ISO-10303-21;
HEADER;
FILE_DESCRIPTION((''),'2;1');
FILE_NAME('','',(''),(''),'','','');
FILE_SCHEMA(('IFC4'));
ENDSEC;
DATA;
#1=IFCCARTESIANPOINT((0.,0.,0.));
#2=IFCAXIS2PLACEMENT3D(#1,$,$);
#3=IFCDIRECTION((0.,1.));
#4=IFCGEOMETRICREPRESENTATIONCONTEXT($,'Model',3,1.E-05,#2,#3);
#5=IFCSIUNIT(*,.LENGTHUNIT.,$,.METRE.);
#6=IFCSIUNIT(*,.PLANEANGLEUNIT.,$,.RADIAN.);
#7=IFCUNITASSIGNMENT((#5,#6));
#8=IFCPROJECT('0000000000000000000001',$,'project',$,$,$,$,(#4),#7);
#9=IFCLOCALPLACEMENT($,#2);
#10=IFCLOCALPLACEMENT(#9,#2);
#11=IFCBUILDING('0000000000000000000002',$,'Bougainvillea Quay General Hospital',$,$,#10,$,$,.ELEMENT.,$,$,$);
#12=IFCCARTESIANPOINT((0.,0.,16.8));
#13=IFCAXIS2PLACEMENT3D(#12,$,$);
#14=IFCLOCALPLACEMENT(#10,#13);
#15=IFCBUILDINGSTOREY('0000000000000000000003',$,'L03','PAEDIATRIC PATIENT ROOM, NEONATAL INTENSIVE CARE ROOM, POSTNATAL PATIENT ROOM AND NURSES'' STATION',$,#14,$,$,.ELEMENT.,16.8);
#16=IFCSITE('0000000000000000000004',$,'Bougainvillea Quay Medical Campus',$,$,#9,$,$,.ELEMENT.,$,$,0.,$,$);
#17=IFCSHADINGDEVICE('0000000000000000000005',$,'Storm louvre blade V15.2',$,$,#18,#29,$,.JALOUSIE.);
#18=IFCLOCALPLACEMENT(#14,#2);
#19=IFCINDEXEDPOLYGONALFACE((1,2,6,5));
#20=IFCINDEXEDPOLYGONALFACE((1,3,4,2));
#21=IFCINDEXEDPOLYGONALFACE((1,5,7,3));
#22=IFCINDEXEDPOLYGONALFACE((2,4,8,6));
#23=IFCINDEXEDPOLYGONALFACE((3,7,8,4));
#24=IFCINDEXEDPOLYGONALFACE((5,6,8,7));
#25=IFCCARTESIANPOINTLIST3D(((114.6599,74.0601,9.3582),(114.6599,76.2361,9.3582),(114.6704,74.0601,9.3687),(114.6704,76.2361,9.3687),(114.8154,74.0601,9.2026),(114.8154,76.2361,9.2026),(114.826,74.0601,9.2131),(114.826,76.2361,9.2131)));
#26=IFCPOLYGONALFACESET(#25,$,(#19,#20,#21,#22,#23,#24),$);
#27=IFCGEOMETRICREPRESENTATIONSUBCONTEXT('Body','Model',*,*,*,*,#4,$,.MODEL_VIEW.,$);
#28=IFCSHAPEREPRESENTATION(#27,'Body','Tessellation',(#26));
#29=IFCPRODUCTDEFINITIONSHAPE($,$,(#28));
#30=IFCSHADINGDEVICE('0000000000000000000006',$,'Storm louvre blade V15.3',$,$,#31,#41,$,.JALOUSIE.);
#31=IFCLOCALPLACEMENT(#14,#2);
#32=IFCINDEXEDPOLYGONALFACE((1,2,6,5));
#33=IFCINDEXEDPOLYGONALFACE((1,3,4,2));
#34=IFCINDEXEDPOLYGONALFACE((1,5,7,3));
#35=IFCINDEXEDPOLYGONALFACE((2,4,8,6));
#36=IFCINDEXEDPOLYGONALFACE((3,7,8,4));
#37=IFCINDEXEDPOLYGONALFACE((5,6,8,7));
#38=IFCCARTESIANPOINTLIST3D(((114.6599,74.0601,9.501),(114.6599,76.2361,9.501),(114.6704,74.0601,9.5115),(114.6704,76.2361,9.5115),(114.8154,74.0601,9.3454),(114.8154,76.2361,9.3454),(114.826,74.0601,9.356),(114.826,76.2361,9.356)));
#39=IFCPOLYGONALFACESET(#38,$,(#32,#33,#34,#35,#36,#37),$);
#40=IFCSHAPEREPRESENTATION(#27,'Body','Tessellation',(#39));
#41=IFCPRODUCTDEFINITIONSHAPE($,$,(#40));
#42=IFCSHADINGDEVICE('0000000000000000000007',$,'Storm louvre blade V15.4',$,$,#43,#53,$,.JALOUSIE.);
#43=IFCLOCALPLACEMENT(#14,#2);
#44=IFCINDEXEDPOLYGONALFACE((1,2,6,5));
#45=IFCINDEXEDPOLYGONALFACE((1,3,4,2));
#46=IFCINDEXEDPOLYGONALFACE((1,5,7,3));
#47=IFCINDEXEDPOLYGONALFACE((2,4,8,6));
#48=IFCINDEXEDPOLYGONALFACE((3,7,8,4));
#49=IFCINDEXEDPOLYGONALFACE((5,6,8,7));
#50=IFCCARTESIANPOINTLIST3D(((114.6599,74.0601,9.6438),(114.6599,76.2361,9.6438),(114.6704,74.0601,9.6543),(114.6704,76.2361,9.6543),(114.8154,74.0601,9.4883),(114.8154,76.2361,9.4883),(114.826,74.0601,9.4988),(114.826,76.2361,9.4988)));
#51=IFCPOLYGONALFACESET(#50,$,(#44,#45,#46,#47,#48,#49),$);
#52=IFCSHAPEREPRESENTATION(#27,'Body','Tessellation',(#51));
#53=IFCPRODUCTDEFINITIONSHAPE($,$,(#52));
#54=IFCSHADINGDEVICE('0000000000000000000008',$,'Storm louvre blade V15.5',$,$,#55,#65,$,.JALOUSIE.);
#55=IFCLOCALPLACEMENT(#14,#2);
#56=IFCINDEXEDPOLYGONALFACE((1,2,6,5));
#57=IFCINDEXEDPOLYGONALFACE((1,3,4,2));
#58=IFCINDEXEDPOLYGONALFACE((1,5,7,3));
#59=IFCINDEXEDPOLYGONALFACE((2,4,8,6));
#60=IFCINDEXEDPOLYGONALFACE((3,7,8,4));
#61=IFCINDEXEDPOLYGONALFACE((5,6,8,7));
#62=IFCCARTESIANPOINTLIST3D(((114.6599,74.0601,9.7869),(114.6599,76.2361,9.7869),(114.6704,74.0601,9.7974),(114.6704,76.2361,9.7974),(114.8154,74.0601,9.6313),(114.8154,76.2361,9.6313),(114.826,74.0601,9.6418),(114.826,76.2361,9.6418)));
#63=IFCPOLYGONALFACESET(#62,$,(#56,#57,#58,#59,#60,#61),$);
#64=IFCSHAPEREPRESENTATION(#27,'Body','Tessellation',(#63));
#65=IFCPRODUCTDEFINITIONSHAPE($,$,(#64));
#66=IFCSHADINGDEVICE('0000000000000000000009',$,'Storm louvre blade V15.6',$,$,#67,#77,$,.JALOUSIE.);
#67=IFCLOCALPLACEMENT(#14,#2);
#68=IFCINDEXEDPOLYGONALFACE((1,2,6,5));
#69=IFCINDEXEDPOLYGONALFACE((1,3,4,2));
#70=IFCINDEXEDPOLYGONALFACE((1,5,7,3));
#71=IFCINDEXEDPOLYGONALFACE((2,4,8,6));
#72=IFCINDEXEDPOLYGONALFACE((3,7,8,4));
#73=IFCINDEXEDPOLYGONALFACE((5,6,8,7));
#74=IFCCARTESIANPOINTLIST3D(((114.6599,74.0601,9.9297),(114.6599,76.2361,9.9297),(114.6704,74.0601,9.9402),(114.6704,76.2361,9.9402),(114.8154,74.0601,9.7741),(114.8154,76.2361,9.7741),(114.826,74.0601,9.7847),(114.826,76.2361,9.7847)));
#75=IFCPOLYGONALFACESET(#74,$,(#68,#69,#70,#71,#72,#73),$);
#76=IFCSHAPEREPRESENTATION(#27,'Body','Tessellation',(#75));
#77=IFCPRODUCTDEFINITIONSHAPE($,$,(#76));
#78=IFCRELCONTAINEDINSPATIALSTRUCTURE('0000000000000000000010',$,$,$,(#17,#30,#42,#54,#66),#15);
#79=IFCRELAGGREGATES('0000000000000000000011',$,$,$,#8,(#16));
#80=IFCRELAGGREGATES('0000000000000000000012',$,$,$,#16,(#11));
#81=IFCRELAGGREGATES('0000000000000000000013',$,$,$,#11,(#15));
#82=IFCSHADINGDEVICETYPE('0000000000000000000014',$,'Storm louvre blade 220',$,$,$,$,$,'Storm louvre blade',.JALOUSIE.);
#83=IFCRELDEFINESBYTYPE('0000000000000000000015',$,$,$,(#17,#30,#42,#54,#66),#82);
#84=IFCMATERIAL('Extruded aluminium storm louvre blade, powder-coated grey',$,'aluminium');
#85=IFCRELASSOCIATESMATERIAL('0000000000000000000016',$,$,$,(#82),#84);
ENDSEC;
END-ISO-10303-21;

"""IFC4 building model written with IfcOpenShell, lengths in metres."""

from ifc_helpers import new_model, si_unit, direction, frame, origin, origin_2d, place, context, subcontext, project, spatial, rectangle, extrude, material, material_profile, profile_set, type_object, element, save


model = new_model("IFC4")

# Units and contexts
model_context = context("Model", 3, precision=1e-05, world=origin(), true_north=direction((0.0, 1.0)))
body_context = subcontext(model_context, "Body", "Model", "MODEL_VIEW")
ifc_project = project(units=[si_unit("LENGTHUNIT", "METRE"), si_unit("PLANEANGLEUNIT", "RADIAN")], contexts=[model_context])

# Site, building, storey
site_placement = place(None, origin())
site = spatial("IfcSite", under=ifc_project, at=site_placement, Name="Bougainvillea Quay Medical Campus", CompositionType="ELEMENT", RefElevation=0.0)
building_placement = place(site_placement, origin())
building = spatial("IfcBuilding", under=site, at=building_placement, Name="Bougainvillea Quay General Hospital", CompositionType="ELEMENT")
storey_placement = place(building_placement, frame((0.0, 0.0, 16.8)))
storey = spatial("IfcBuildingStorey", under=building, at=storey_placement, Name="L03", Description="PAEDIATRIC PATIENT ROOM, NEONATAL INTENSIVE CARE ROOM, POSTNATAL PATIENT ROOM AND NURSES' STATION", CompositionType="ELEMENT", Elevation=16.8)

# Shading devices
ifc_material_1 = material(Name="Extruded aluminium storm louvre blade, powder-coated grey", Category="aluminium")
ifc_material_profile_1 = material_profile(ifc_material_1, rectangle(XDim=0.22, YDim=0.0149, at=origin_2d()))
ifc_profile_set_1 = profile_set([ifc_material_profile_1], Name="Extruded aluminium storm louvre blade, powder-coated grey")
shading_device_type_1 = type_object("IfcShadingDeviceType", Name="Storm louvre blade 220", ElementType="Storm louvre blade", PredefinedType="JALOUSIE", material=ifc_profile_set_1)
for number, where, z_axis, x_axis, name in (
    (1, (114.7429, 74.0601, 9.2856), (0.0, 1.0, 0.0), (-0.707107, 0.0, 0.707107), "Storm louvre blade V15.2"),
    (2, (114.7429, 74.0601, 9.4285), (0.0, 1.0, 0.0), (-0.707107, 0.0, 0.707107), "Storm louvre blade V15.3"),
    (3, (114.7429, 74.0601, 9.5713), (0.0, 1.0, 0.0), (-0.707107, 0.0, 0.707107), "Storm louvre blade V15.4"),
    (4, (114.7429, 74.0601, 9.7144), (0.0, 1.0, 0.0), (-0.707107, 0.0, 0.707107), "Storm louvre blade V15.5"),
    (5, (114.7429, 74.0601, 9.8572), (0.0, 1.0, 0.0), (-0.707107, 0.0, 0.707107), "Storm louvre blade V15.6"),
):
    element("IfcShadingDevice", number, at=place(storey_placement, frame(where, z_axis=z_axis, x_axis=x_axis)), inside=storey, type_object=shading_device_type_1, Name=name, PredefinedType="JALOUSIE", context=body_context, shape_type="SweptSolid", body=[
        extrude(rectangle(XDim=0.22, YDim=0.0149, at=origin_2d()), origin(), (0.0, 0.0, 1.0), 2.176),
    ])

save(model, "model.ifc")
